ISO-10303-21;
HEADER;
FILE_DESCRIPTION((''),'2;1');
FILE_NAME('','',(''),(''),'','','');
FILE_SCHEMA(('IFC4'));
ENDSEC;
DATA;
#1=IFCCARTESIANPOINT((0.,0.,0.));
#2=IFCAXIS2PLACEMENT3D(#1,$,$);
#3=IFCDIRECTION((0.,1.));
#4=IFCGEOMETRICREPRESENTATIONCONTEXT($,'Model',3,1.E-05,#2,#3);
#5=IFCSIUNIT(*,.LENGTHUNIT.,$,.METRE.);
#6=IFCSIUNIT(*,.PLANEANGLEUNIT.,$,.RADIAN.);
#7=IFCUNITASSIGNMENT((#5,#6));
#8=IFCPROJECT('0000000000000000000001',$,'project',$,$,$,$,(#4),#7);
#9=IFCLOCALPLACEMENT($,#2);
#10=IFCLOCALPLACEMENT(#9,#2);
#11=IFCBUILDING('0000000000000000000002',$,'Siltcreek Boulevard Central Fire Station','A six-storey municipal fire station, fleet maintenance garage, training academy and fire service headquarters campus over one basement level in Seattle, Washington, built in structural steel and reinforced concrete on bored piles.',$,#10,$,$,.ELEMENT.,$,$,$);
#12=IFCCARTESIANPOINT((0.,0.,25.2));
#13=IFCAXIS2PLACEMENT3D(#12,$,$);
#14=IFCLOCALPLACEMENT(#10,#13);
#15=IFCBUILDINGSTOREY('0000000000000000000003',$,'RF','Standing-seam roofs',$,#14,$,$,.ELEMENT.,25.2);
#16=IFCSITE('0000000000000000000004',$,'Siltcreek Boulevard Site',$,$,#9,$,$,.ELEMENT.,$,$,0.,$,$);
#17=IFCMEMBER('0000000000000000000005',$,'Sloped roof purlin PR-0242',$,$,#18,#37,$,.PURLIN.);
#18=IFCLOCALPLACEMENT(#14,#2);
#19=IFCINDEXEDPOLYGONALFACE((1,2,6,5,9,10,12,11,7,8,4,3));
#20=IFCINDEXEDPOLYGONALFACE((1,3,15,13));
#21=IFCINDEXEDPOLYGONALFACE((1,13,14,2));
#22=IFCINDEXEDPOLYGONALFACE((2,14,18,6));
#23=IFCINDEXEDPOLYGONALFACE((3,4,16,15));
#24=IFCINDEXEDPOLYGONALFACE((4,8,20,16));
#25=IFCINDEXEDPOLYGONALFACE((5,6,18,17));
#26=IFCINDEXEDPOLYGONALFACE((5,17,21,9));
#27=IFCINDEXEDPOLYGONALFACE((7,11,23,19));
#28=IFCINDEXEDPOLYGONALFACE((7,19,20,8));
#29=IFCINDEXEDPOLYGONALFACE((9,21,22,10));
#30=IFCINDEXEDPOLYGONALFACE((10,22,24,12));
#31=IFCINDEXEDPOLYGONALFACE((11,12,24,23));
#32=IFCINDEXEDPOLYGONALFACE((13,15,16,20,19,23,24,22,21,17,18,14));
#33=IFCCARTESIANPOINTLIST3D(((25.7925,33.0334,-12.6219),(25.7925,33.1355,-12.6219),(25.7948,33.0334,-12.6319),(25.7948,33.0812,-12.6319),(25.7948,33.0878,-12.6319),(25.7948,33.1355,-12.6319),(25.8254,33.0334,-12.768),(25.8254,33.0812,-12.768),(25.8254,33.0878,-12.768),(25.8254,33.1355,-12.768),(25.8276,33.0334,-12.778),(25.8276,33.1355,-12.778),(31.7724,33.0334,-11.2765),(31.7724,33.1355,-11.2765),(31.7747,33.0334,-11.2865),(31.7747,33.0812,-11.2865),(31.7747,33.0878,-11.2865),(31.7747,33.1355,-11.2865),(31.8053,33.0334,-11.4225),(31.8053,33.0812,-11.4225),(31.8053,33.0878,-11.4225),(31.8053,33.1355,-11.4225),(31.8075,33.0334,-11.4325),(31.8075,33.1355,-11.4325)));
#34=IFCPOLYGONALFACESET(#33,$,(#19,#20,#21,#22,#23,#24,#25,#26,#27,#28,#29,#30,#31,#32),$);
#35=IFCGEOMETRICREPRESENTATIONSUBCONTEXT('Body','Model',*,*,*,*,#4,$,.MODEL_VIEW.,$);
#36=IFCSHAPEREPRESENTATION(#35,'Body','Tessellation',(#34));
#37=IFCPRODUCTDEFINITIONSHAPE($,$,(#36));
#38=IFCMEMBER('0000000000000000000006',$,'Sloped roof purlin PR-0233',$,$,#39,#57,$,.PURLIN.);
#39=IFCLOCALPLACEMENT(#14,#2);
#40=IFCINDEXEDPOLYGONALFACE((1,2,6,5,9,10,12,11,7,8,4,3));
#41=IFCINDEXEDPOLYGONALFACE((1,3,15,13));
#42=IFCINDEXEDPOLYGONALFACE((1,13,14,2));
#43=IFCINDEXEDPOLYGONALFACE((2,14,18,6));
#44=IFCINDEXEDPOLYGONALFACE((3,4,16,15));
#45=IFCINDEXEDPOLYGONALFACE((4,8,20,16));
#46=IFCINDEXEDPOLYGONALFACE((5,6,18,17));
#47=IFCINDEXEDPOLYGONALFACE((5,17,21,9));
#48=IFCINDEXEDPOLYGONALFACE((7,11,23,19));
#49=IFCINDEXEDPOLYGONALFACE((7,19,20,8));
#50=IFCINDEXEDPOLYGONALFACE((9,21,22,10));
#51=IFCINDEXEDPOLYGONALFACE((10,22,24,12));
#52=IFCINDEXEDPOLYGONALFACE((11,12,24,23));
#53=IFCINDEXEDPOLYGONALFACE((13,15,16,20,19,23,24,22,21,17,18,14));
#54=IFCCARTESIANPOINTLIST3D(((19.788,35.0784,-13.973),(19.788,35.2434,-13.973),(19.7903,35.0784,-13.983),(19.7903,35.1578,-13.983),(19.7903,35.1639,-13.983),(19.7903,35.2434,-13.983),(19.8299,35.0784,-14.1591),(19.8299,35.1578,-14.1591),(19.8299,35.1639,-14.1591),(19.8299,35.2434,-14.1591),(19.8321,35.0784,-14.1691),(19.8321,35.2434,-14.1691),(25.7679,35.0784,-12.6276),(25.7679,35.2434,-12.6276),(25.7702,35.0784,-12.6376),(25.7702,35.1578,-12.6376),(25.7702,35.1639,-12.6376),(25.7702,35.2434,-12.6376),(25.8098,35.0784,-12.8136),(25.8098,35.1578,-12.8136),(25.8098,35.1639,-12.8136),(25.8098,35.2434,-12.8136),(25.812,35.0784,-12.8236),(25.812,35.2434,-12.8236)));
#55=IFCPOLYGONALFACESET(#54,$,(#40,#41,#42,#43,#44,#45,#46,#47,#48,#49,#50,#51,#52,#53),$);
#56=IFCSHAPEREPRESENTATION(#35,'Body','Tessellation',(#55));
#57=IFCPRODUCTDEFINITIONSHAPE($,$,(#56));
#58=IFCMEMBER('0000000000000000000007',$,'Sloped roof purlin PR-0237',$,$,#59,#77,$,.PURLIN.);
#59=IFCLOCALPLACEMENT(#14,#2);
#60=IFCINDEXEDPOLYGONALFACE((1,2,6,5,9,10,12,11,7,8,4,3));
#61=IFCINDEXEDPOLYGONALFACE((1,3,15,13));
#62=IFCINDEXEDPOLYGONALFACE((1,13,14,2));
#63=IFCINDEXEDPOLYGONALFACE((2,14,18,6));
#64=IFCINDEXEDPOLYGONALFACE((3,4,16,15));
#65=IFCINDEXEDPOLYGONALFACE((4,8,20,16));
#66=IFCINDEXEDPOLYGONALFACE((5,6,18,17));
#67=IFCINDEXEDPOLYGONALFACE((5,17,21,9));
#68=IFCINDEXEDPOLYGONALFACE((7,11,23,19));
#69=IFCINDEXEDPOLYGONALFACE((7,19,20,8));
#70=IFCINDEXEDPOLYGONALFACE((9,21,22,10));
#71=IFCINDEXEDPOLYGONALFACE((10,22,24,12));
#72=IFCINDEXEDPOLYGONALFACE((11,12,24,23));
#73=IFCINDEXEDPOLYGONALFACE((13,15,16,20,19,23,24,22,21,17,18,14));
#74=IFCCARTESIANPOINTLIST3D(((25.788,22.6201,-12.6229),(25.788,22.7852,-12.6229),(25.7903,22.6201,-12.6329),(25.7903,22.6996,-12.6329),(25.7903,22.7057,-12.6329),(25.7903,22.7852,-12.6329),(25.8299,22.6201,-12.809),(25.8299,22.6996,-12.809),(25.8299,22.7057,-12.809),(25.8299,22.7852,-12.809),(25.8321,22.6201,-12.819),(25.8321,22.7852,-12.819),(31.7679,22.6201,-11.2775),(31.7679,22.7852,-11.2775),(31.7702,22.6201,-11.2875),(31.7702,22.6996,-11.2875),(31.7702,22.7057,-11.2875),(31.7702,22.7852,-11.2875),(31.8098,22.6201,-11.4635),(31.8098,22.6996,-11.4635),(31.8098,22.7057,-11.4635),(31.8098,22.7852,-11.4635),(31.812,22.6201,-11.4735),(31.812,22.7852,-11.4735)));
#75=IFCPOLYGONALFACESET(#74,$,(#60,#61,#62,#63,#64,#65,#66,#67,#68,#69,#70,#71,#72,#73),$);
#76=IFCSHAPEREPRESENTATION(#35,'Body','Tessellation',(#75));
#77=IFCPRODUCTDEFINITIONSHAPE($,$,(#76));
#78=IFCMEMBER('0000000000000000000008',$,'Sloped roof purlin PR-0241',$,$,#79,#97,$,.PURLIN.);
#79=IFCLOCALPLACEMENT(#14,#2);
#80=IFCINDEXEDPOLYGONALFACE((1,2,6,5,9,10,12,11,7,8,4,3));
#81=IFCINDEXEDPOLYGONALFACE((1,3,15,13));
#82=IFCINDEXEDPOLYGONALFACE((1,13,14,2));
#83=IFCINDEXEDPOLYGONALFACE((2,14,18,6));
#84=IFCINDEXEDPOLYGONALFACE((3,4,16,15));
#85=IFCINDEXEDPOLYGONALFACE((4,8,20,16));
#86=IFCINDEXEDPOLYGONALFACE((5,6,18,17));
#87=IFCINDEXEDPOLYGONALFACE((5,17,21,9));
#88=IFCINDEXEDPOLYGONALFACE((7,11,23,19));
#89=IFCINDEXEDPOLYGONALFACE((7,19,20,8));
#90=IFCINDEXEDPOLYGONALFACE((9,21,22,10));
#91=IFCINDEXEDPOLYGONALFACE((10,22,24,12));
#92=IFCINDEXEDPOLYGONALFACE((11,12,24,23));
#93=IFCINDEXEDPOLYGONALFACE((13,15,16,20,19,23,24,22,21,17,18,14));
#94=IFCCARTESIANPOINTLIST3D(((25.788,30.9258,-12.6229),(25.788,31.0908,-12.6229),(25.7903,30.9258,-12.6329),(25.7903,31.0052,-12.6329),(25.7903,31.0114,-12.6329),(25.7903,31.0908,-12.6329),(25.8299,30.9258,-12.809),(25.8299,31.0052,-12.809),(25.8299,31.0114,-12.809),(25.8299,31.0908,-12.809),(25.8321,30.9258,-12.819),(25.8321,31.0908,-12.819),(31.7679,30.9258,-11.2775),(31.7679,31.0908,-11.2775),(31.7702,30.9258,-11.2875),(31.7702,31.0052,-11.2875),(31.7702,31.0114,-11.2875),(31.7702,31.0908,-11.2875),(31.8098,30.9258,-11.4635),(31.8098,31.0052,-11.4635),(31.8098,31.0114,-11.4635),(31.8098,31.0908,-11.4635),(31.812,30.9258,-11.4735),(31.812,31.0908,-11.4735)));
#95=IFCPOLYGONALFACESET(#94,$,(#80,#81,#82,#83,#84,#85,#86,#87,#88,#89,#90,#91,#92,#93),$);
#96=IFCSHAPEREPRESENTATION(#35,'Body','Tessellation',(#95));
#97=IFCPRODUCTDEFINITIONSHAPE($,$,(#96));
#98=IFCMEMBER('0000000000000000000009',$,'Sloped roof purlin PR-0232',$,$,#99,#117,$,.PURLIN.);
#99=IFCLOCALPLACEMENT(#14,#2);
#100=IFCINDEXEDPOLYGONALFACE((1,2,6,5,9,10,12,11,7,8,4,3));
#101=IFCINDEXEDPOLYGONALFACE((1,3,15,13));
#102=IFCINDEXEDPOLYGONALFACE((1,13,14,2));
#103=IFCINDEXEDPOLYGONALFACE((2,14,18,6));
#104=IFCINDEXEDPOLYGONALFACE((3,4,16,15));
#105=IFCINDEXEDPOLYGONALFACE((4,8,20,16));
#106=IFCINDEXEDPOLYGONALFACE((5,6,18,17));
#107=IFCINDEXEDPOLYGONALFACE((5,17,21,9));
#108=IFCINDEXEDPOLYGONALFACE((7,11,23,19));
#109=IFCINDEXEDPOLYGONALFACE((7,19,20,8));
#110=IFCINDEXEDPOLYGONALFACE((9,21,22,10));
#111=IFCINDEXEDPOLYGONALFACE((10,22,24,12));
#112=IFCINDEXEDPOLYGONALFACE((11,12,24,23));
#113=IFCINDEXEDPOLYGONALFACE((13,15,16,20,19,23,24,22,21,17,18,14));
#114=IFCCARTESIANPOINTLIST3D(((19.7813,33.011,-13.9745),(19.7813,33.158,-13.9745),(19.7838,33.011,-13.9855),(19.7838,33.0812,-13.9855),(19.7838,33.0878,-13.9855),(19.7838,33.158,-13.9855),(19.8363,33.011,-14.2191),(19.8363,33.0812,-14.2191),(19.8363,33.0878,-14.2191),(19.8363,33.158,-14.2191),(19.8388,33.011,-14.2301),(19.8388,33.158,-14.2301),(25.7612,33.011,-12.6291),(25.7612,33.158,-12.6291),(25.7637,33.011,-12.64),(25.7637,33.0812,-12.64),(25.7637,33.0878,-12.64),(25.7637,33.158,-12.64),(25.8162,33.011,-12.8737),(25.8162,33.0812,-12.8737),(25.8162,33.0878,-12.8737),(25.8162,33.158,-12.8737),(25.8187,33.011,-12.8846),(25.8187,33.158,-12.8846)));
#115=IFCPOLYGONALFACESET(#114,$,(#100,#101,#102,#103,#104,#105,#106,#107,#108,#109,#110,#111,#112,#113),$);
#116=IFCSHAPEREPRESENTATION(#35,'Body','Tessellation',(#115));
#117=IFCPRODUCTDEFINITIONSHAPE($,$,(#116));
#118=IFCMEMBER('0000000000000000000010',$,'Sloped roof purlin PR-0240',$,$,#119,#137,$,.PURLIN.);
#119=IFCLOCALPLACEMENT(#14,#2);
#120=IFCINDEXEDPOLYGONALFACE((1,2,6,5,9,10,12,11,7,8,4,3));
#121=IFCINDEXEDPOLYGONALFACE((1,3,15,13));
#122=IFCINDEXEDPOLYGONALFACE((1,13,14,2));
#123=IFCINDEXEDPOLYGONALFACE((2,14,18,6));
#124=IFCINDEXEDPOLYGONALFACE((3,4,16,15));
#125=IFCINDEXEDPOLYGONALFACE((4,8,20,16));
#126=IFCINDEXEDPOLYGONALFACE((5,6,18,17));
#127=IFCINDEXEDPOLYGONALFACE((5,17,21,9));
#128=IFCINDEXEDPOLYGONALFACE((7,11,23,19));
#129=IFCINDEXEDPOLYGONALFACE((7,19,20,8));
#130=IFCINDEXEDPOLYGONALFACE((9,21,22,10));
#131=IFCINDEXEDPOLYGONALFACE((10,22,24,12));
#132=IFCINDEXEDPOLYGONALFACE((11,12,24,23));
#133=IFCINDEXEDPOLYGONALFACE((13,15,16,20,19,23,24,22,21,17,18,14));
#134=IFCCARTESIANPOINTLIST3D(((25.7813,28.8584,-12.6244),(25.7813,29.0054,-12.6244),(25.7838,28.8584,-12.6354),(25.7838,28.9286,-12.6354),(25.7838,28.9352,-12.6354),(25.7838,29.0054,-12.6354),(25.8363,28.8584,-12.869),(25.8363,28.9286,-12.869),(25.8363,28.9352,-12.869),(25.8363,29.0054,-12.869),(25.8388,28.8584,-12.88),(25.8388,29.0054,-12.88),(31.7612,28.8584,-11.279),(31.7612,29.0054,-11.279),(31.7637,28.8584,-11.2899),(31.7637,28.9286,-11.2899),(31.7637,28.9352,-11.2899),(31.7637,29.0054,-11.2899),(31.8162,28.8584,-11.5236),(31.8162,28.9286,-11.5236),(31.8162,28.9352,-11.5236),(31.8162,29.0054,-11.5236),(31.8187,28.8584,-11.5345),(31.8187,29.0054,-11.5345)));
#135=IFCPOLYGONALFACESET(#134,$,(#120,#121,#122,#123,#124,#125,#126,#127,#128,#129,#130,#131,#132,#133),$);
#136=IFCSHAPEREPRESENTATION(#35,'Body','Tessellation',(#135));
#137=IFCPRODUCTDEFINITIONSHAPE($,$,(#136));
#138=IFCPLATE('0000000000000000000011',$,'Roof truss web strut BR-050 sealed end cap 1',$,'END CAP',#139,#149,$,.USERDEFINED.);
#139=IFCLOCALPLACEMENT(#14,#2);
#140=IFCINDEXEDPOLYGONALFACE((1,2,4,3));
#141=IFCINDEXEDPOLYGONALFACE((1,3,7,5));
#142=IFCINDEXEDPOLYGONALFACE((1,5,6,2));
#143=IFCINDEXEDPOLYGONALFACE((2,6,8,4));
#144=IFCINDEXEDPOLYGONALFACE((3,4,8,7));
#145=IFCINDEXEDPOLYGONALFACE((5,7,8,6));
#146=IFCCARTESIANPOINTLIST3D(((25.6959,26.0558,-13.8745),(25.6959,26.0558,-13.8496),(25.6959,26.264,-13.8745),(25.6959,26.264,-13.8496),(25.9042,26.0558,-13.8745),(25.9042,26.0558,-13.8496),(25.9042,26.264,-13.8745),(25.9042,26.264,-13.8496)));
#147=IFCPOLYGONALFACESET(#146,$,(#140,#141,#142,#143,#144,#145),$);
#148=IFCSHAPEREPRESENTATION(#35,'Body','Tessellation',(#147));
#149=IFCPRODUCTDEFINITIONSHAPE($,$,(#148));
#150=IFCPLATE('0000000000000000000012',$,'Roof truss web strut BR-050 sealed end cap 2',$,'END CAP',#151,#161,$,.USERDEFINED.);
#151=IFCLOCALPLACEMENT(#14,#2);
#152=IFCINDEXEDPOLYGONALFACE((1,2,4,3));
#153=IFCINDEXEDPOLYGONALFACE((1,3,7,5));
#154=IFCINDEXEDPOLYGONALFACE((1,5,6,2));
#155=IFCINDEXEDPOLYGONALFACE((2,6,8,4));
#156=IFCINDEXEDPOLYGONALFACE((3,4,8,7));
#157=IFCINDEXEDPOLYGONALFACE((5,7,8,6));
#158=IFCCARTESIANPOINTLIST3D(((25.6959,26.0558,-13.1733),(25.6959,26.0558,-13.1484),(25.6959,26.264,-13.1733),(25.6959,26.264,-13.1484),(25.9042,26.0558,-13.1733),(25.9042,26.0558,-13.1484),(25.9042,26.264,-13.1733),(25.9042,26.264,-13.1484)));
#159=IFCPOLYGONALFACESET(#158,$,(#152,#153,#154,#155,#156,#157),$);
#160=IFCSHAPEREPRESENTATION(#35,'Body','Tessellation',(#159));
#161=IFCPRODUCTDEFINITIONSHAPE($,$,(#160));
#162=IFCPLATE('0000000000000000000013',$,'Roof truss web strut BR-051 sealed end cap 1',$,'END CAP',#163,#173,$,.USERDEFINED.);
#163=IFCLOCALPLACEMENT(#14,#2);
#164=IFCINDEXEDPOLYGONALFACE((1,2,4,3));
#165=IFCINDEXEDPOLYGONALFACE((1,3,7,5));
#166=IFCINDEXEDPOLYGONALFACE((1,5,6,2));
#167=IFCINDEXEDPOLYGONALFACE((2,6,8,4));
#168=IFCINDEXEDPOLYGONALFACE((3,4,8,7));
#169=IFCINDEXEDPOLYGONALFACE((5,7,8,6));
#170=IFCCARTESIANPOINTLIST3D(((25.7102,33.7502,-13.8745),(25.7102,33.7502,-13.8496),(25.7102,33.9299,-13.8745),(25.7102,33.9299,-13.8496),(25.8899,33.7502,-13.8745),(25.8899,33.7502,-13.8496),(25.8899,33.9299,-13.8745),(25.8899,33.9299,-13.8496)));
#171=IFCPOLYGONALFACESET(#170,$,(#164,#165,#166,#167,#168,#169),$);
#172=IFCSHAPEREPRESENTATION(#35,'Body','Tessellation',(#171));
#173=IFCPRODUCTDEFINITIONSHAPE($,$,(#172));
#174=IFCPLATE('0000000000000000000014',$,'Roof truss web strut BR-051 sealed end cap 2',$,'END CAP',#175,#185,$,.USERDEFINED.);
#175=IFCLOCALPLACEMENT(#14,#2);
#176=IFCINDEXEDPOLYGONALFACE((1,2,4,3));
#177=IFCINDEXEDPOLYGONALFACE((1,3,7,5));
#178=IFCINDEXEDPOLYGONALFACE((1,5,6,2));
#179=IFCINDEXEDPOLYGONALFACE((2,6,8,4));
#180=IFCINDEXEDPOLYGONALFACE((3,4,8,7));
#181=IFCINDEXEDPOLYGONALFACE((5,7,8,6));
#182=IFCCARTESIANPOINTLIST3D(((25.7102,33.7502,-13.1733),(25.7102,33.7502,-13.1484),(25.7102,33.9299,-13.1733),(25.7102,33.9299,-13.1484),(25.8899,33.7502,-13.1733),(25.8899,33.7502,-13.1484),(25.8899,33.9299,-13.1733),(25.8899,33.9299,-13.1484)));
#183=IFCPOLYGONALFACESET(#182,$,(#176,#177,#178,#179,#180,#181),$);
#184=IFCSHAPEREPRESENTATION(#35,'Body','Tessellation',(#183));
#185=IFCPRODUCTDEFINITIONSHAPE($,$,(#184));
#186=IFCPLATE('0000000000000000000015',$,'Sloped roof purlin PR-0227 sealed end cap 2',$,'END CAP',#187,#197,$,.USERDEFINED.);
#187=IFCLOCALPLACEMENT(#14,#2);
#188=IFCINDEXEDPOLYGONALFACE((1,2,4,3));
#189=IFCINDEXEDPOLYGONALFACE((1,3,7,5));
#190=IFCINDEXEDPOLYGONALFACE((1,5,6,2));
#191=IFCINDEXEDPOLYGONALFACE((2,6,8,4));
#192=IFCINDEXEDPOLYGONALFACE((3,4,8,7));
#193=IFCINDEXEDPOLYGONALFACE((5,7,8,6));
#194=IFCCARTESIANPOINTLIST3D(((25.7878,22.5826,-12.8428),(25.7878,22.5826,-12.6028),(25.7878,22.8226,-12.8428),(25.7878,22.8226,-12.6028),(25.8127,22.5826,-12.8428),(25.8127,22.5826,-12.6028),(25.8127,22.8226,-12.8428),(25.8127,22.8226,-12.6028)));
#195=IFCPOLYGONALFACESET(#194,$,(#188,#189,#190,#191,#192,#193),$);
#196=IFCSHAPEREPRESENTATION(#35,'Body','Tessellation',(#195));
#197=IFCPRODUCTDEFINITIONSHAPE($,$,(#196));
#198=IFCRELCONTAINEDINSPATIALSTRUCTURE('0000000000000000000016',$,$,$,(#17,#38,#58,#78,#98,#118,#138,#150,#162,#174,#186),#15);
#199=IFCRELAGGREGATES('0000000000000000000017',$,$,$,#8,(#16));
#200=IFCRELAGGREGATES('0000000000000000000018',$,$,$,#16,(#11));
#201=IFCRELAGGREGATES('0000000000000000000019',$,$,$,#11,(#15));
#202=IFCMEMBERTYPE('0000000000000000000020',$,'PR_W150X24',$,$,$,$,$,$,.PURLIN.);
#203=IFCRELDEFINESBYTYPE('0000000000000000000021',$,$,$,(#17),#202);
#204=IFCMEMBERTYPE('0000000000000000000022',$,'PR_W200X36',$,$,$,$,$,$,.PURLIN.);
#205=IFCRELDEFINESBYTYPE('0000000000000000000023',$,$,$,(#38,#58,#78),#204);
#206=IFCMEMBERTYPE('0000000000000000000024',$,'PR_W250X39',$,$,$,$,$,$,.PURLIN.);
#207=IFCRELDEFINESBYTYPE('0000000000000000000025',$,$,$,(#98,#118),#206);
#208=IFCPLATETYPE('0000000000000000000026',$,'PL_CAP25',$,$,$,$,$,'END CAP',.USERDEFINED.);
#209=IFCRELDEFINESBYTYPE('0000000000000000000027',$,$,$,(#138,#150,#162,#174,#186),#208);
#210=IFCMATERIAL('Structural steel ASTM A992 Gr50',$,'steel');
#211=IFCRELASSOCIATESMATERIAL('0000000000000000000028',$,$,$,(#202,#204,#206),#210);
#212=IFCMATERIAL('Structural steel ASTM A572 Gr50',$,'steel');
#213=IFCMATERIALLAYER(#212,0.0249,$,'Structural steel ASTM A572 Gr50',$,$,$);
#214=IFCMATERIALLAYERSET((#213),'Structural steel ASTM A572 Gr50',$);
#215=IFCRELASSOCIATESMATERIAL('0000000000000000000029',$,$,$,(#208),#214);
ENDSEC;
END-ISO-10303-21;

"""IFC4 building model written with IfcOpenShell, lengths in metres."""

from ifc_helpers import new_model, si_unit, direction, frame, origin, origin_2d, place, context, subcontext, project, spatial, rectangle, i_section, extrude, material, layer, layer_set, material_profile, profile_set, type_object, element, save


model = new_model("IFC4")

# Units and contexts
model_context = context("Model", 3, precision=1e-05, world=origin(), true_north=direction((0.0, 1.0)))
body_context = subcontext(model_context, "Body", "Model", "MODEL_VIEW")
ifc_project = project(units=[si_unit("LENGTHUNIT", "METRE"), si_unit("PLANEANGLEUNIT", "RADIAN")], contexts=[model_context])

# Site, building, storey
site_placement = place(None, origin())
site = spatial("IfcSite", under=ifc_project, at=site_placement, Name="Siltcreek Boulevard Site", CompositionType="ELEMENT", RefElevation=0.0)
building_placement = place(site_placement, origin())
building = spatial("IfcBuilding", under=site, at=building_placement, Name="Siltcreek Boulevard Central Fire Station", Description="A six-storey municipal fire station, fleet maintenance garage, training academy and fire service headquarters campus over one basement level in Seattle, Washington, built in structural steel and reinforced concrete on bored piles.", CompositionType="ELEMENT")
storey_placement = place(building_placement, frame((0.0, 0.0, 25.2)))
storey = spatial("IfcBuildingStorey", under=building, at=storey_placement, Name="RF", Description="Standing-seam roofs", CompositionType="ELEMENT", Elevation=25.2)

# Members
ifc_material_1 = material(Name="Structural steel ASTM A992 Gr50", Category="steel")
ifc_material_profile_1 = material_profile(ifc_material_1, i_section(OverallWidth=0.1021, OverallDepth=0.1599, WebThickness=0.0066, FlangeThickness=0.0103, at=origin_2d()), Name="W150X24")
ifc_profile_set_1 = profile_set([ifc_material_profile_1], Name="Structural steel ASTM A992 Gr50")
member_type_1 = type_object("IfcMemberType", Name="PR_W150X24", PredefinedType="PURLIN", material=ifc_profile_set_1)
for number, where, z_axis, x_axis, name in (
    (1, (25.8101, 33.0845, -12.7), (0.975611, 0.0, 0.219507), (0.0, 1.0, 0.0), "Sloped roof purlin PR-0242"),
):
    element("IfcMember", number, at=place(storey_placement, frame(where, z_axis=z_axis, x_axis=x_axis)), inside=storey, type_object=member_type_1, Name=name, PredefinedType="PURLIN", context=body_context, shape_type="SweptSolid", body=[
        extrude(i_section(OverallWidth=0.1021, OverallDepth=0.1599, WebThickness=0.0066, FlangeThickness=0.0103, at=origin_2d()), origin(), (0.0, 0.0, 1.0), 6.1294),
    ])
ifc_material_profile_2 = material_profile(ifc_material_1, i_section(OverallWidth=0.165, OverallDepth=0.2009, WebThickness=0.0061, FlangeThickness=0.0103, at=origin_2d()), Name="W200X36")
ifc_profile_set_2 = profile_set([ifc_material_profile_2], Name="Structural steel ASTM A992 Gr50")
member_type_2 = type_object("IfcMemberType", Name="PR_W200X36", PredefinedType="PURLIN", material=ifc_profile_set_2)
for number, where, z_axis, x_axis, name in (
    (2, (19.8101, 35.1609, -14.071), (0.975611, 0.0, 0.219507), (0.0, 1.0, 0.0), "Sloped roof purlin PR-0233"),
    (3, (25.8101, 22.7026, -12.7209), (0.975611, 0.0, 0.219507), (0.0, 1.0, 0.0), "Sloped roof purlin PR-0237"),
    (4, (25.8101, 31.0083, -12.7209), (0.975611, 0.0, 0.219507), (0.0, 1.0, 0.0), "Sloped roof purlin PR-0241"),
):
    element("IfcMember", number, at=place(storey_placement, frame(where, z_axis=z_axis, x_axis=x_axis)), inside=storey, type_object=member_type_2, Name=name, PredefinedType="PURLIN", context=body_context, shape_type="SweptSolid", body=[
        extrude(i_section(OverallWidth=0.165, OverallDepth=0.2009, WebThickness=0.0061, FlangeThickness=0.0103, at=origin_2d()), origin(), (0.0, 0.0, 1.0), 6.1294),
    ])
ifc_material_profile_3 = material_profile(ifc_material_1, i_section(OverallWidth=0.147, OverallDepth=0.262, WebThickness=0.0066, FlangeThickness=0.0112, at=origin_2d()), Name="W250X39")
ifc_profile_set_3 = profile_set([ifc_material_profile_3], Name="Structural steel ASTM A992 Gr50")
member_type_3 = type_object("IfcMemberType", Name="PR_W250X39", PredefinedType="PURLIN", material=ifc_profile_set_3)
for number, where, z_axis, x_axis, name in (
    (5, (19.8101, 33.0845, -14.1023), (0.975611, 0.0, 0.219507), (0.0, 1.0, 0.0), "Sloped roof purlin PR-0232"),
    (6, (25.8101, 28.9319, -12.7522), (0.975611, 0.0, 0.219507), (0.0, 1.0, 0.0), "Sloped roof purlin PR-0240"),
):
    element("IfcMember", number, at=place(storey_placement, frame(where, z_axis=z_axis, x_axis=x_axis)), inside=storey, type_object=member_type_3, Name=name, PredefinedType="PURLIN", context=body_context, shape_type="SweptSolid", body=[
        extrude(i_section(OverallWidth=0.147, OverallDepth=0.262, WebThickness=0.0066, FlangeThickness=0.0112, at=origin_2d()), origin(), (0.0, 0.0, 1.0), 6.1294),
    ])

# Plates
ifc_material_2 = material(Name="Structural steel ASTM A572 Gr50", Category="steel")
ifc_layer = layer(ifc_material_2, 0.0249, Name="Structural steel ASTM A572 Gr50")
ifc_layer_set = layer_set([ifc_layer], Name="Structural steel ASTM A572 Gr50")
plate_type = type_object("IfcPlateType", Name="PL_CAP25", ElementType="END CAP", PredefinedType="USERDEFINED", material=ifc_layer_set)
for number, where, z_axis, x_axis, name in (
    (7, (25.8, 26.1599, -13.8745), (0.0, 0.0, 1.0), (1.0, 0.0, 0.0), "Roof truss web strut BR-050 sealed end cap 1"),
    (8, (25.8, 26.1599, -13.1733), (0.0, 0.0, 1.0), (1.0, 0.0, 0.0), "Roof truss web strut BR-050 sealed end cap 2"),
):
    element("IfcPlate", number, at=place(storey_placement, frame(where, z_axis=z_axis, x_axis=x_axis)), inside=storey, type_object=plate_type, Name=name, ObjectType="END CAP", PredefinedType="USERDEFINED", context=body_context, shape_type="SweptSolid", body=[
        extrude(rectangle(XDim=0.2083, YDim=0.2083, at=origin_2d()), origin(), (0.0, 0.0, 1.0), 0.0249),
    ])
for number, where, z_axis, x_axis, name in (
    (9, (25.8, 33.8401, -13.8745), (0.0, 0.0, 1.0), (1.0, 0.0, 0.0), "Roof truss web strut BR-051 sealed end cap 1"),
    (10, (25.8, 33.8401, -13.1733), (0.0, 0.0, 1.0), (1.0, 0.0, 0.0), "Roof truss web strut BR-051 sealed end cap 2"),
):
    element("IfcPlate", number, at=place(storey_placement, frame(where, z_axis=z_axis, x_axis=x_axis)), inside=storey, type_object=plate_type, Name=name, ObjectType="END CAP", PredefinedType="USERDEFINED", context=body_context, shape_type="SweptSolid", body=[
        extrude(rectangle(XDim=0.1797, YDim=0.1797, at=origin_2d()), origin(), (0.0, 0.0, 1.0), 0.0249),
    ])
for number, where, z_axis, x_axis, name in (
    (11, (25.8003, 22.7026, -12.8428), (0.0, 0.0, 1.0), (1.0, 0.0, 0.0), "Sloped roof purlin PR-0227 sealed end cap 2"),
):
    element("IfcPlate", number, at=place(storey_placement, frame(where, z_axis=z_axis, x_axis=x_axis)), inside=storey, type_object=plate_type, Name=name, ObjectType="END CAP", PredefinedType="USERDEFINED", context=body_context, shape_type="SweptSolid", body=[
        extrude(rectangle(XDim=0.0249, YDim=0.24, at=origin_2d()), origin(), (0.0, 0.0, 1.0), 0.24),
    ])

save(model, "model.ifc")
